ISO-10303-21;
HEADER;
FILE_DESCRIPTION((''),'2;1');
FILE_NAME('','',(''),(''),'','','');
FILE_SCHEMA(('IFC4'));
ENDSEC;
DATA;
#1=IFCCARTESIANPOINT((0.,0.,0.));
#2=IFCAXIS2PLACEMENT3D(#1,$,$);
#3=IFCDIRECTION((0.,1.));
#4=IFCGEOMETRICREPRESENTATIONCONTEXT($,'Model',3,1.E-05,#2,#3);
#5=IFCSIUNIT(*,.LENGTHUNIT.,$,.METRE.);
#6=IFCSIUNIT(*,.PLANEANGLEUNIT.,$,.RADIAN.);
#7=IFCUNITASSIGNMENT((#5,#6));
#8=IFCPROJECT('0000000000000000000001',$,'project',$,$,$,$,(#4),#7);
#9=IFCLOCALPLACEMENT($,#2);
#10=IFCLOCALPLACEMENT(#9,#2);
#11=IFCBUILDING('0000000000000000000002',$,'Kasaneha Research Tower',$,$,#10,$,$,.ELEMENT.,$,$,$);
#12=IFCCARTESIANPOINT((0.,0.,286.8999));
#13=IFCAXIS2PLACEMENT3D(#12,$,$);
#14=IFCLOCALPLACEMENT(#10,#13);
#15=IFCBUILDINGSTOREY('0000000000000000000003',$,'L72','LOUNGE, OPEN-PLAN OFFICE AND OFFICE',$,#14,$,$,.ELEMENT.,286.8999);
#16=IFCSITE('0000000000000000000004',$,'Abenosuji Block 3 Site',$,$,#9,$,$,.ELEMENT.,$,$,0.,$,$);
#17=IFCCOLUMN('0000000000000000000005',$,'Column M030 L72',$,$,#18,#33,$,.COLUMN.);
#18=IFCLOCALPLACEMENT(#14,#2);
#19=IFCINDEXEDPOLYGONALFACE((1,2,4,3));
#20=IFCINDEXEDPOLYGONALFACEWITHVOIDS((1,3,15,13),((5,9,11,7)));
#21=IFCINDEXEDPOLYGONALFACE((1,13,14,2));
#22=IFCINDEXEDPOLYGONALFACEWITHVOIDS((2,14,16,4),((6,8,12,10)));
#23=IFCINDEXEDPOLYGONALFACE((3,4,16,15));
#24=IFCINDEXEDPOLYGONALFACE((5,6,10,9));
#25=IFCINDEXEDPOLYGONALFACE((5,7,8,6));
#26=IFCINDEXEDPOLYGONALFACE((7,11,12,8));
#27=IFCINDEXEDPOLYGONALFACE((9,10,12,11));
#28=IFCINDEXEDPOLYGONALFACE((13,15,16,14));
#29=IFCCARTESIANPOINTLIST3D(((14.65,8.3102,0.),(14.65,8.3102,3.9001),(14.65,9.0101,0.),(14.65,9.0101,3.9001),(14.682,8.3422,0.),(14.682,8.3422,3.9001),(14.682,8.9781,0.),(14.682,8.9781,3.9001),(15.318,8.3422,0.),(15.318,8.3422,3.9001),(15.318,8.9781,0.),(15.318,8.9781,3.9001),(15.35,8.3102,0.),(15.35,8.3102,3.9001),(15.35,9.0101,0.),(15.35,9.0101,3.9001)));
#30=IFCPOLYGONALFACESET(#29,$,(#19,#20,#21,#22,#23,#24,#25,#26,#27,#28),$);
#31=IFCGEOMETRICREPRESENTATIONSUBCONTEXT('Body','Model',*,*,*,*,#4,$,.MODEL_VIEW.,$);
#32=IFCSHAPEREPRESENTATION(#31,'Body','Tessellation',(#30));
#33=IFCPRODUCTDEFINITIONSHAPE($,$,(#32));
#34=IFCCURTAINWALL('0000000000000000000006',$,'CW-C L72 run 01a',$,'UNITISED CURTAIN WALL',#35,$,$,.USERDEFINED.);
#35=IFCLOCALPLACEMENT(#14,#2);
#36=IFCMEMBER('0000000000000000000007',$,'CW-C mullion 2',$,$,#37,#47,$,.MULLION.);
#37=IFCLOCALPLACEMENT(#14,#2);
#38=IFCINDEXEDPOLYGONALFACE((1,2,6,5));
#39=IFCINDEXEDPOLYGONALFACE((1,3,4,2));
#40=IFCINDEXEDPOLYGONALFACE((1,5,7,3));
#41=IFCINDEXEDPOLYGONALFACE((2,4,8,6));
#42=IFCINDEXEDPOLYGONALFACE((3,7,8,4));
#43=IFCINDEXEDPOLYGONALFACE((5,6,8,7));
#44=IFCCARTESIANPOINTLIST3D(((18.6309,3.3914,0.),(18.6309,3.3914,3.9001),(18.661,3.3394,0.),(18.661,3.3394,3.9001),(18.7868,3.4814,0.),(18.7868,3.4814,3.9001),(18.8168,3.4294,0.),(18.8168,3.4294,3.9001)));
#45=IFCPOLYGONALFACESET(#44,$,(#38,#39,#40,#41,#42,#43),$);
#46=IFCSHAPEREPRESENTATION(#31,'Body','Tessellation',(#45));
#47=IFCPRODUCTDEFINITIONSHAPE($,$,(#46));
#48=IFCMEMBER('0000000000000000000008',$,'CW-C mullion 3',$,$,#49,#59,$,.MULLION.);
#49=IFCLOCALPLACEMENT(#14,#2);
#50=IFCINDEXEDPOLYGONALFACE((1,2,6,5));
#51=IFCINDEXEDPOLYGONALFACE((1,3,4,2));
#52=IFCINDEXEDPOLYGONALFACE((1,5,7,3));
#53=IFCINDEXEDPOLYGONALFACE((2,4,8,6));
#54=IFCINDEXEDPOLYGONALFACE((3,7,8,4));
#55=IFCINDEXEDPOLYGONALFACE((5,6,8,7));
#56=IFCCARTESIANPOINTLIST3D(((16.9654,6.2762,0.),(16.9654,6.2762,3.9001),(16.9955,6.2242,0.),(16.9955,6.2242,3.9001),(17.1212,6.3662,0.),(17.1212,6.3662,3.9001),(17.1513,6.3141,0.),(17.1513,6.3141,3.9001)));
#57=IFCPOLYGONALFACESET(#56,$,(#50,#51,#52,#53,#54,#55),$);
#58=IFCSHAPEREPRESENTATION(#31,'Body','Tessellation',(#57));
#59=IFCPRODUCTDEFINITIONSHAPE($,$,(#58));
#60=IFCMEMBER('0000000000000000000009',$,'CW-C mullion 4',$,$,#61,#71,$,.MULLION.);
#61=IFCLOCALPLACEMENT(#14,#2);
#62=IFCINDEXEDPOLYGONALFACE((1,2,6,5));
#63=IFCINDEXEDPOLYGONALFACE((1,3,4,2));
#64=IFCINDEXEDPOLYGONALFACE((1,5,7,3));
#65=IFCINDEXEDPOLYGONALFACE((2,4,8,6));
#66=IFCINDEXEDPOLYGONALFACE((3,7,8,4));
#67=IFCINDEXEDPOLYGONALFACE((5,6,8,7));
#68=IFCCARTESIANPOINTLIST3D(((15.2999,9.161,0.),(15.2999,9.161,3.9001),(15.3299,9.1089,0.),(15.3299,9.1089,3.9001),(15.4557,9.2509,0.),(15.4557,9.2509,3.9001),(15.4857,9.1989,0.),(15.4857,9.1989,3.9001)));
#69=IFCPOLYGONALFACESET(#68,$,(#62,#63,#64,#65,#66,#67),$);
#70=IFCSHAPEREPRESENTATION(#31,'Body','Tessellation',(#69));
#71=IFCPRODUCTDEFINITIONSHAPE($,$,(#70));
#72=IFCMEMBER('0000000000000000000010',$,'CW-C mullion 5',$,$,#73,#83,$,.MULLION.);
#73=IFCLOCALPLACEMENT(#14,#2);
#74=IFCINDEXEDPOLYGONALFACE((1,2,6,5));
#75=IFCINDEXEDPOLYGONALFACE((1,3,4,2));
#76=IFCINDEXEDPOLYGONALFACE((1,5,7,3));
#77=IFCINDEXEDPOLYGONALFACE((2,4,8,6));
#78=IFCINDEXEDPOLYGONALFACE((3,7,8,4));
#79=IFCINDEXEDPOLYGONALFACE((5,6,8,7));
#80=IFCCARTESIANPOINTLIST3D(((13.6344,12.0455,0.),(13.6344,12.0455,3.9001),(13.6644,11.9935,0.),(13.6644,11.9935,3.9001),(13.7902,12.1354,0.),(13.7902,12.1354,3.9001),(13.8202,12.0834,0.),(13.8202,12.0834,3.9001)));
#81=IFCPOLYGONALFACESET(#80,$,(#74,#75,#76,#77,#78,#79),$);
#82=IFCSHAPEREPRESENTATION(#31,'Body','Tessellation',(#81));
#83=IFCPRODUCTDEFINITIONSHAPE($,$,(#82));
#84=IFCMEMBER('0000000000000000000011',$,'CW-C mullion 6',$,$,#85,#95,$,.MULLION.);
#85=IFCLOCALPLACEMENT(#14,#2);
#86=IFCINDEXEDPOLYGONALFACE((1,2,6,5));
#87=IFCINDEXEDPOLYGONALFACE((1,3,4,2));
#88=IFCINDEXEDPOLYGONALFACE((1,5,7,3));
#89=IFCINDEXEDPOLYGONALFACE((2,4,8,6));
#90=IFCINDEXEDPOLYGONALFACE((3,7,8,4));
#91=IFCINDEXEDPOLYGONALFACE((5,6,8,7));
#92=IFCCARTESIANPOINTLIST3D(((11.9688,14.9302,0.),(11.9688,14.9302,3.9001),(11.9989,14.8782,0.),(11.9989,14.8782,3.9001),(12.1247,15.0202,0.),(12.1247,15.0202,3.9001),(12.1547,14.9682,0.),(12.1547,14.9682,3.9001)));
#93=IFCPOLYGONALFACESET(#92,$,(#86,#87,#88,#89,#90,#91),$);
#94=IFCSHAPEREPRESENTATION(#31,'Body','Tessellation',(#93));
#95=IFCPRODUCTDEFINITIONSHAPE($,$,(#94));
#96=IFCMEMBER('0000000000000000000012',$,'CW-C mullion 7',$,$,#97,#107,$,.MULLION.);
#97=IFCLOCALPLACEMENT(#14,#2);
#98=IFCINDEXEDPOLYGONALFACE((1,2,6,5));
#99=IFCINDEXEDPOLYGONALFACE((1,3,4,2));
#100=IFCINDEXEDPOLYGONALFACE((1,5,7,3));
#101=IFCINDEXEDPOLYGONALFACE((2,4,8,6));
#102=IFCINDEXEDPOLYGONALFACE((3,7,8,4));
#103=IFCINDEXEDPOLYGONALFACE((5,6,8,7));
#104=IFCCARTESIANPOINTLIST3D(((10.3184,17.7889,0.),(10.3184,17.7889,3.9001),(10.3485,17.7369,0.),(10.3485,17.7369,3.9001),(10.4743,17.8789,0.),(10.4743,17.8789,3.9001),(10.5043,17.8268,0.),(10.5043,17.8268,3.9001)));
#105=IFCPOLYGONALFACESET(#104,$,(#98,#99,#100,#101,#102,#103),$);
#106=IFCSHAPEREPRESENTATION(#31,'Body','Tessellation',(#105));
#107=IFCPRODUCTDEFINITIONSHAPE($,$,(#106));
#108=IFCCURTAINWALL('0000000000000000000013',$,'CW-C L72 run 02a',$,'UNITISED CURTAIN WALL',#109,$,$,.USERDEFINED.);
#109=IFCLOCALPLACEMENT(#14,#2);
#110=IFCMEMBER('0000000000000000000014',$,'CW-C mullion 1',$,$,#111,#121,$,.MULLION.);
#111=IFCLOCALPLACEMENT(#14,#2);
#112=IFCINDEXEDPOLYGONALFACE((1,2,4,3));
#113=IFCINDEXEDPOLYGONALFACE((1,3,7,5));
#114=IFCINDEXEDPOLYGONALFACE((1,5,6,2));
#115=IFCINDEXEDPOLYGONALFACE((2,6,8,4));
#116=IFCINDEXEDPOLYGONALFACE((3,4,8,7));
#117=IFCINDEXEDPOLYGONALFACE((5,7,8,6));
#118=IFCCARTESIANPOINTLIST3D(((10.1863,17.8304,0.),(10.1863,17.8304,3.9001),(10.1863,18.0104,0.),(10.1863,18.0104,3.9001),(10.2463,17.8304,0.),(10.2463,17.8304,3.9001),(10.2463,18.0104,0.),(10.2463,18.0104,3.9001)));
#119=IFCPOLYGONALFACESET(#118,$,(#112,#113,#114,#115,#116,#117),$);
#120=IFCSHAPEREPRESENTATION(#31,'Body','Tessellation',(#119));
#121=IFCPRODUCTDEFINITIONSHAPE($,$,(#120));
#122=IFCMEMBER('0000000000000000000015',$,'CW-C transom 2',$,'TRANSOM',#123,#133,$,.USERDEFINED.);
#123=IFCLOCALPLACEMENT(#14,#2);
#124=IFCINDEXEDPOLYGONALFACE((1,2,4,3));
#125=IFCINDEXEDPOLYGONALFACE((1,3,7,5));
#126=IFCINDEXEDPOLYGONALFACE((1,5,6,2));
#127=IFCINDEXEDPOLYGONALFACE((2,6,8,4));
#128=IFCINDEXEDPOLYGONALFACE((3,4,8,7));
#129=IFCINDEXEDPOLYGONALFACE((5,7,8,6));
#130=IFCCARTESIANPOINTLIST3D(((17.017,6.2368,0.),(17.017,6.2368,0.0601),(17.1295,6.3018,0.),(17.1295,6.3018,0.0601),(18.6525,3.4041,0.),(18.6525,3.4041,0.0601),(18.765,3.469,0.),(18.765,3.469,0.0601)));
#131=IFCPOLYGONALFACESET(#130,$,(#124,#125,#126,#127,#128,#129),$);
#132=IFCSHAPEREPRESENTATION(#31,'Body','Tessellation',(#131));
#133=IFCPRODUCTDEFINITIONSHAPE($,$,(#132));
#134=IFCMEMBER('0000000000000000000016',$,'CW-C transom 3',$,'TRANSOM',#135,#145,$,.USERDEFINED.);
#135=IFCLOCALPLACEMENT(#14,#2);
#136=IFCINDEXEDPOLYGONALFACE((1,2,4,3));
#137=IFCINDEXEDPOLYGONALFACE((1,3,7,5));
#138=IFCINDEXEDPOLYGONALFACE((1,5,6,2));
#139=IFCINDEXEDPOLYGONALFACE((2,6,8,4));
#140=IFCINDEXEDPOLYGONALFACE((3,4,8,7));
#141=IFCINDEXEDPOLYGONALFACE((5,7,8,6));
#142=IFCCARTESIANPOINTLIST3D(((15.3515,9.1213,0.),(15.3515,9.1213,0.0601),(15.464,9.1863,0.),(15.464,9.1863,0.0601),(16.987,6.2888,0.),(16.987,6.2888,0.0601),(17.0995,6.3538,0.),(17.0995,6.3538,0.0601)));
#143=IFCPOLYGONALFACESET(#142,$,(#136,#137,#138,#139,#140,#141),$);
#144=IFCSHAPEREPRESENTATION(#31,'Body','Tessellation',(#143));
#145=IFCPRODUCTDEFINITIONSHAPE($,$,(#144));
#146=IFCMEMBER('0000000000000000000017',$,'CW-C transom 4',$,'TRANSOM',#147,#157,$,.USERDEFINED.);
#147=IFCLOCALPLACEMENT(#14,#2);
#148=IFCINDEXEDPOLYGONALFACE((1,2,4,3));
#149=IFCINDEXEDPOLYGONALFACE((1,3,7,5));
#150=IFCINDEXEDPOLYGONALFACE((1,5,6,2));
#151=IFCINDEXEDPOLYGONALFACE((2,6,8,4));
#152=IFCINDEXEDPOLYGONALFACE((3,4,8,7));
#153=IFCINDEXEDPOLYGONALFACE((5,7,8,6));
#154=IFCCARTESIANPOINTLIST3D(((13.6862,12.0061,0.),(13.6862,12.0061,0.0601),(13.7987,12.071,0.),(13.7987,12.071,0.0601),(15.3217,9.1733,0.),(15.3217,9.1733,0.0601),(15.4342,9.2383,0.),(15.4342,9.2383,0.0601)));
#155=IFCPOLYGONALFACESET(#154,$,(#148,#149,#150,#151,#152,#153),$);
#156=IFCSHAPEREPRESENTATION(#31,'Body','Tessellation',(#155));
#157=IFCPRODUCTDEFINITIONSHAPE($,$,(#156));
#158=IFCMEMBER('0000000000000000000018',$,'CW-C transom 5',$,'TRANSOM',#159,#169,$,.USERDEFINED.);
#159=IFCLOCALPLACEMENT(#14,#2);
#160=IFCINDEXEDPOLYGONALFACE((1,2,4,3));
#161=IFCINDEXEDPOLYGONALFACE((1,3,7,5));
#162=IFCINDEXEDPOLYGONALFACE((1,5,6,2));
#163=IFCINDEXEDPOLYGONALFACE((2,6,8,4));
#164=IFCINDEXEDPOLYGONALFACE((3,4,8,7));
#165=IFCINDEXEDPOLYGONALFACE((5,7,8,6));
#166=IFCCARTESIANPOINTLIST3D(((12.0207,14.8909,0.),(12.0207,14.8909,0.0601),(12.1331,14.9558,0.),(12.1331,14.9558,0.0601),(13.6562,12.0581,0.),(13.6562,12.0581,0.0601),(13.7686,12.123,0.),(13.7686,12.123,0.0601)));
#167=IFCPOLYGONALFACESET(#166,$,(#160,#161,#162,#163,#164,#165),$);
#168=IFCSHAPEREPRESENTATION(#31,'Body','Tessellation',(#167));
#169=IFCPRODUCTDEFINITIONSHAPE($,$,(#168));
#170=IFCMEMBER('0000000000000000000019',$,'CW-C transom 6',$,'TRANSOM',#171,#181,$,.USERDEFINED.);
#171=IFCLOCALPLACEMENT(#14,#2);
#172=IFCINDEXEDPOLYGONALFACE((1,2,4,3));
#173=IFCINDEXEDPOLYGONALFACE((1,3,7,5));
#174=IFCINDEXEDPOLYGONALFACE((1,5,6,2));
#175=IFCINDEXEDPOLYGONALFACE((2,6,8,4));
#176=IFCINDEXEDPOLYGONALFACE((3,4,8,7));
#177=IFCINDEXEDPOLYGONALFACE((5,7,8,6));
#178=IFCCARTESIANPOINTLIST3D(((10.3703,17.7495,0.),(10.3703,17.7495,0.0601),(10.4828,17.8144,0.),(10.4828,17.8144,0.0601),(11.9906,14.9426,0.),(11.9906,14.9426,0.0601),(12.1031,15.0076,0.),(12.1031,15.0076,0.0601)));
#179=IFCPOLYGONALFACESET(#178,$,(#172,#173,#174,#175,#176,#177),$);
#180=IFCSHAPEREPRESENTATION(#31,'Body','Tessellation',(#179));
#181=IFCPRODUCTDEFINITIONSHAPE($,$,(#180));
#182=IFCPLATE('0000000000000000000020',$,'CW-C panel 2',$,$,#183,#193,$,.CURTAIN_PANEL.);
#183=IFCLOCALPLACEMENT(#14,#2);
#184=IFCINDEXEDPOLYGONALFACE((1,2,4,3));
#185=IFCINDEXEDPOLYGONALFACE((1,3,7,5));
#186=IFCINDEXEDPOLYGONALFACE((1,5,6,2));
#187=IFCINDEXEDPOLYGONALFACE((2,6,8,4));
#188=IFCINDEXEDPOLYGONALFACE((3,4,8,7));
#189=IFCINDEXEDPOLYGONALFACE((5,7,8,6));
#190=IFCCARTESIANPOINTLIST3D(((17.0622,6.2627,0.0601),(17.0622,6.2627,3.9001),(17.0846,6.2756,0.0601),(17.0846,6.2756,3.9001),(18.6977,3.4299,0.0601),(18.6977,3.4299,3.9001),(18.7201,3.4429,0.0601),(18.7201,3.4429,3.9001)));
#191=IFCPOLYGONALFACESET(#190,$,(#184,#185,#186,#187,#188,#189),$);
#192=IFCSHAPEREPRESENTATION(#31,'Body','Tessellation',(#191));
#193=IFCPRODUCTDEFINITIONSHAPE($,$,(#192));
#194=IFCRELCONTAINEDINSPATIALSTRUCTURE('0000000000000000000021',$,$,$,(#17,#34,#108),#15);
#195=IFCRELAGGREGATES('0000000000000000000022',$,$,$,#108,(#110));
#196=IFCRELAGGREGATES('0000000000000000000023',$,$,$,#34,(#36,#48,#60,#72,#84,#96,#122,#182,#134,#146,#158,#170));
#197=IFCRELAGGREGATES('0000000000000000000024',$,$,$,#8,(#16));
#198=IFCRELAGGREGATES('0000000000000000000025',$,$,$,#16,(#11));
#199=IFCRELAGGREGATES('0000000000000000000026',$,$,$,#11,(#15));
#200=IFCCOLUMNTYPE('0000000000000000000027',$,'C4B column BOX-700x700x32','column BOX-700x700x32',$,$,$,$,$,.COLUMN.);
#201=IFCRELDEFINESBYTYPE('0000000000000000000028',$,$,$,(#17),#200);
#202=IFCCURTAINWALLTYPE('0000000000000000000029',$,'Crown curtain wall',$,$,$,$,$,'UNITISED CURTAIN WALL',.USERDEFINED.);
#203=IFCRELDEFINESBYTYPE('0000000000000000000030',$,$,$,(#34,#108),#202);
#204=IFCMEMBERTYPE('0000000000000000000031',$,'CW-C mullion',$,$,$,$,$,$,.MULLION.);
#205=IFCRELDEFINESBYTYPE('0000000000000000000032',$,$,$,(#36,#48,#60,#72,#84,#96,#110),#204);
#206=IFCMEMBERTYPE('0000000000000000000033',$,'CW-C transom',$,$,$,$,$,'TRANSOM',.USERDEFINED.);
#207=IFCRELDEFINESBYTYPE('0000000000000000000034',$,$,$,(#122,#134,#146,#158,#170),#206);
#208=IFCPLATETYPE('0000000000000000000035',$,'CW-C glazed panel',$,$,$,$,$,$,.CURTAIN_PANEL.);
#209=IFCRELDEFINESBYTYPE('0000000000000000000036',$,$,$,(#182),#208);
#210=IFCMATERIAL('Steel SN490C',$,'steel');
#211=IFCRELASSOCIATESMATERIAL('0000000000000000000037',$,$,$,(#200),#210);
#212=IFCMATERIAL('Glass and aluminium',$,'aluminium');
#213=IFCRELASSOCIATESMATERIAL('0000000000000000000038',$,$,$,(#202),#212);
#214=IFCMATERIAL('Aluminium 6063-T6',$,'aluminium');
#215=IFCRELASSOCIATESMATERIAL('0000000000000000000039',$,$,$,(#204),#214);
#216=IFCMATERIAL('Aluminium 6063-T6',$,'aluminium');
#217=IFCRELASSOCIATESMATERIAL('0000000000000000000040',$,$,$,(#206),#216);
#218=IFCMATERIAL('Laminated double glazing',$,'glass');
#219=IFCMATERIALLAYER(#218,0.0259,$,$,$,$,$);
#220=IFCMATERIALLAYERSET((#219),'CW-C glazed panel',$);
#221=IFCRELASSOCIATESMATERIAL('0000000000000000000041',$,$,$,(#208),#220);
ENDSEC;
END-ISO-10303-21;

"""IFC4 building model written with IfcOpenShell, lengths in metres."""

from ifc_helpers import new_model, si_unit, direction, frame, origin, origin_2d, place, context, subcontext, project, spatial, rectangle, hollow_rectangle, extrude, material, layer, layer_set, material_profile, profile_set, type_object, element, aggregate, save


model = new_model("IFC4")

# Units and contexts
model_context = context("Model", 3, precision=1e-05, world=origin(), true_north=direction((0.0, 1.0)))
body_context = subcontext(model_context, "Body", "Model", "MODEL_VIEW")
ifc_project = project(units=[si_unit("LENGTHUNIT", "METRE"), si_unit("PLANEANGLEUNIT", "RADIAN")], contexts=[model_context])

# Site, building, storey
site_placement = place(None, origin())
site = spatial("IfcSite", under=ifc_project, at=site_placement, Name="Abenosuji Block 3 Site", CompositionType="ELEMENT", RefElevation=0.0)
building_placement = place(site_placement, origin())
building = spatial("IfcBuilding", under=site, at=building_placement, Name="Kasaneha Research Tower", CompositionType="ELEMENT")
storey_placement = place(building_placement, frame((0.0, 0.0, 286.8999)))
storey = spatial("IfcBuildingStorey", under=building, at=storey_placement, Name="L72", Description="LOUNGE, OPEN-PLAN OFFICE AND OFFICE", CompositionType="ELEMENT", Elevation=286.8999)

# Column
ifc_material_1 = material(Name="Steel SN490C", Category="steel")
ifc_material_profile_1 = material_profile(ifc_material_1, hollow_rectangle(XDim=0.7, YDim=0.7, WallThickness=0.032, at=origin_2d()), Name="BOX-700x700x32")
ifc_profile_set_1 = profile_set([ifc_material_profile_1], Name="Steel SN490C")
column_type = type_object("IfcColumnType", Name="C4B column BOX-700x700x32", Description="column BOX-700x700x32", PredefinedType="COLUMN", material=ifc_profile_set_1)
column_placement = place(storey_placement, frame((15.0, 8.6602, 0.0), z_axis=(0.0, 0.0, 1.0), x_axis=(1.0, 0.0, 0.0)))
element("IfcColumn", 1, at=column_placement, inside=storey, type_object=column_type, Name="Column M030 L72", PredefinedType="COLUMN", context=body_context, shape_type="SweptSolid", body=[
    extrude(hollow_rectangle(XDim=0.7, YDim=0.7, WallThickness=0.032, at=origin_2d()), origin(), (0.0, 0.0, 1.0), 3.9001),
])

# Curtain wall, members
ifc_material_2 = material(Name="Glass and aluminium", Category="aluminium")
curtain_wall_type = type_object("IfcCurtainWallType", Name="Crown curtain wall", ElementType="UNITISED CURTAIN WALL", PredefinedType="USERDEFINED", material=ifc_material_2)
curtain_wall_1_placement = place(storey_placement, origin())
curtain_wall_1 = element("IfcCurtainWall", 2, at=curtain_wall_1_placement, inside=storey, type_object=curtain_wall_type, Name="CW-C L72 run 01a", ObjectType="UNITISED CURTAIN WALL", PredefinedType="USERDEFINED")
ifc_material_3 = material(Name="Aluminium 6063-T6", Category="aluminium")
ifc_material_profile_2 = material_profile(ifc_material_3, rectangle(XDim=0.0601, YDim=0.1799, at=origin_2d()), Name="CW-C mullion 60x180")
ifc_profile_set_2 = profile_set([ifc_material_profile_2], Name="Aluminium 6063-T6")
member_type_1 = type_object("IfcMemberType", Name="CW-C mullion", PredefinedType="MULLION", material=ifc_profile_set_2)
member_1_placement = place(storey_placement, frame((18.7239, 3.4104, 0.0), z_axis=(0.0, 0.0, 1.0), x_axis=(-0.5, 0.866025, 0.0)))
member_1 = element("IfcMember", 3, at=member_1_placement, type_object=member_type_1, Name="CW-C mullion 2", PredefinedType="MULLION", context=body_context, shape_type="SweptSolid", body=[
    extrude(rectangle(XDim=0.0601, YDim=0.1799, at=origin_2d()), origin(), (0.0, 0.0, 1.0), 3.9001),
])
member_2_placement = place(storey_placement, frame((17.0583, 6.2952, 0.0), z_axis=(0.0, 0.0, 1.0), x_axis=(-0.5, 0.866025, 0.0)))
member_2 = element("IfcMember", 4, at=member_2_placement, type_object=member_type_1, Name="CW-C mullion 3", PredefinedType="MULLION", context=body_context, shape_type="SweptSolid", body=[
    extrude(rectangle(XDim=0.0601, YDim=0.1799, at=origin_2d()), origin(), (0.0, 0.0, 1.0), 3.9001),
])
member_3_placement = place(storey_placement, frame((15.3928, 9.1799, 0.0), z_axis=(0.0, 0.0, 1.0), x_axis=(-0.5, 0.866025, 0.0)))
member_3 = element("IfcMember", 5, at=member_3_placement, type_object=member_type_1, Name="CW-C mullion 4", PredefinedType="MULLION", context=body_context, shape_type="SweptSolid", body=[
    extrude(rectangle(XDim=0.0601, YDim=0.1799, at=origin_2d()), origin(), (0.0, 0.0, 1.0), 3.9001),
])
member_4_placement = place(storey_placement, frame((13.7273, 12.0645, 0.0), z_axis=(0.0, 0.0, 1.0), x_axis=(-0.5, 0.866025, 0.0)))
member_4 = element("IfcMember", 6, at=member_4_placement, type_object=member_type_1, Name="CW-C mullion 5", PredefinedType="MULLION", context=body_context, shape_type="SweptSolid", body=[
    extrude(rectangle(XDim=0.0601, YDim=0.1799, at=origin_2d()), origin(), (0.0, 0.0, 1.0), 3.9001),
])
member_5_placement = place(storey_placement, frame((12.0618, 14.9492, 0.0), z_axis=(0.0, 0.0, 1.0), x_axis=(-0.5, 0.866025, 0.0)))
member_5 = element("IfcMember", 7, at=member_5_placement, type_object=member_type_1, Name="CW-C mullion 6", PredefinedType="MULLION", context=body_context, shape_type="SweptSolid", body=[
    extrude(rectangle(XDim=0.0601, YDim=0.1799, at=origin_2d()), origin(), (0.0, 0.0, 1.0), 3.9001),
])
member_6_placement = place(storey_placement, frame((10.4114, 17.8079, 0.0), z_axis=(0.0, 0.0, 1.0), x_axis=(-0.5, 0.866025, 0.0)))
member_6 = element("IfcMember", 8, at=member_6_placement, type_object=member_type_1, Name="CW-C mullion 7", PredefinedType="MULLION", context=body_context, shape_type="SweptSolid", body=[
    extrude(rectangle(XDim=0.0601, YDim=0.1799, at=origin_2d()), origin(), (0.0, 0.0, 1.0), 3.9001),
])

# Curtain wall, member
curtain_wall_2_placement = place(storey_placement, origin())
curtain_wall_2 = element("IfcCurtainWall", 9, at=curtain_wall_2_placement, inside=storey, type_object=curtain_wall_type, Name="CW-C L72 run 02a", ObjectType="UNITISED CURTAIN WALL", PredefinedType="USERDEFINED")
member_7_placement = place(storey_placement, frame((10.2163, 17.9204, 0.0), z_axis=(0.0, 0.0, 1.0), x_axis=(-1.0, 0.0, 0.0)))
member_7 = element("IfcMember", 10, at=member_7_placement, type_object=member_type_1, Name="CW-C mullion 1", PredefinedType="MULLION", context=body_context, shape_type="SweptSolid", body=[
    extrude(rectangle(XDim=0.0601, YDim=0.1799, at=origin_2d()), origin(), (0.0, 0.0, 1.0), 3.9001),
])
aggregate(curtain_wall_2, [member_7])

# Members
ifc_material_4 = material(Name="Aluminium 6063-T6", Category="aluminium")
ifc_material_profile_3 = material_profile(ifc_material_4, rectangle(XDim=0.1299, YDim=0.0601, at=origin_2d()), Name="CW-C transom 130x60")
ifc_profile_set_3 = profile_set([ifc_material_profile_3], Name="Aluminium 6063-T6")
member_type_2 = type_object("IfcMemberType", Name="CW-C transom", ElementType="TRANSOM", PredefinedType="USERDEFINED", material=ifc_profile_set_3)
member_8_placement = place(storey_placement, frame((18.7087, 3.4365, 0.03), z_axis=(-0.5, 0.866025, 0.0), x_axis=(-0.866025, -0.5, 0.0)))
member_8 = element("IfcMember", 11, at=member_8_placement, type_object=member_type_2, Name="CW-C transom 2", ObjectType="TRANSOM", PredefinedType="USERDEFINED", context=body_context, shape_type="SweptSolid", body=[
    extrude(rectangle(XDim=0.1299, YDim=0.0601, at=origin_2d()), origin(), (0.0, 0.0, 1.0), 3.271),
])
member_9_placement = place(storey_placement, frame((17.0432, 6.3213, 0.03), z_axis=(-0.500033, 0.866007, 0.0), x_axis=(-0.866007, -0.500033, 0.0)))
member_9 = element("IfcMember", 12, at=member_9_placement, type_object=member_type_2, Name="CW-C transom 3", ObjectType="TRANSOM", PredefinedType="USERDEFINED", context=body_context, shape_type="SweptSolid", body=[
    extrude(rectangle(XDim=0.1299, YDim=0.0601, at=origin_2d()), origin(), (0.0, 0.0, 1.0), 3.2708),
])
member_10_placement = place(storey_placement, frame((15.3779, 9.2058, 0.03), z_axis=(-0.5, 0.866025, 0.0), x_axis=(-0.866025, -0.5, 0.0)))
member_10 = element("IfcMember", 13, at=member_10_placement, type_object=member_type_2, Name="CW-C transom 4", ObjectType="TRANSOM", PredefinedType="USERDEFINED", context=body_context, shape_type="SweptSolid", body=[
    extrude(rectangle(XDim=0.1299, YDim=0.0601, at=origin_2d()), origin(), (0.0, 0.0, 1.0), 3.271),
])
member_11_placement = place(storey_placement, frame((13.7124, 12.0906, 0.03), z_axis=(-0.5, 0.866025, 0.0), x_axis=(-0.866025, -0.5, 0.0)))
member_11 = element("IfcMember", 14, at=member_11_placement, type_object=member_type_2, Name="CW-C transom 5", ObjectType="TRANSOM", PredefinedType="USERDEFINED", context=body_context, shape_type="SweptSolid", body=[
    extrude(rectangle(XDim=0.1299, YDim=0.0601, at=origin_2d()), origin(), (0.0, 0.0, 1.0), 3.271),
])
member_12_placement = place(storey_placement, frame((12.0469, 14.9751, 0.03), z_axis=(-0.499955, 0.866051, 0.0), x_axis=(-0.866051, -0.499955, 0.0)))
member_12 = element("IfcMember", 15, at=member_12_placement, type_object=member_type_2, Name="CW-C transom 6", ObjectType="TRANSOM", PredefinedType="USERDEFINED", context=body_context, shape_type="SweptSolid", body=[
    extrude(rectangle(XDim=0.1299, YDim=0.0601, at=origin_2d()), origin(), (0.0, 0.0, 1.0), 3.241),
])

# Plate
ifc_material_5 = material(Name="Laminated double glazing", Category="glass")
ifc_layer_1 = layer(ifc_material_5, 0.0259)
ifc_layer_set_1 = layer_set([ifc_layer_1], Name="CW-C glazed panel")
plate_type = type_object("IfcPlateType", Name="CW-C glazed panel", PredefinedType="CURTAIN_PANEL", material=ifc_layer_set_1)
plate_1_placement = place(storey_placement, frame((17.8911, 4.8528, 0.0601), z_axis=(0.0, 0.0, 1.0), x_axis=(-0.5, 0.866025, 0.0)))
plate_1 = element("IfcPlate", 16, at=plate_1_placement, type_object=plate_type, Name="CW-C panel 2", PredefinedType="CURTAIN_PANEL", context=body_context, shape_type="SweptSolid", body=[
    extrude(rectangle(XDim=3.271, YDim=0.0259, at=origin_2d()), origin(), (0.0, 0.0, 1.0), 3.8401),
])
aggregate(curtain_wall_1, [member_1, member_2, member_3, member_4, member_5, member_6, member_8, plate_1, member_9, member_10, member_11, member_12])

save(model, "model.ifc")
